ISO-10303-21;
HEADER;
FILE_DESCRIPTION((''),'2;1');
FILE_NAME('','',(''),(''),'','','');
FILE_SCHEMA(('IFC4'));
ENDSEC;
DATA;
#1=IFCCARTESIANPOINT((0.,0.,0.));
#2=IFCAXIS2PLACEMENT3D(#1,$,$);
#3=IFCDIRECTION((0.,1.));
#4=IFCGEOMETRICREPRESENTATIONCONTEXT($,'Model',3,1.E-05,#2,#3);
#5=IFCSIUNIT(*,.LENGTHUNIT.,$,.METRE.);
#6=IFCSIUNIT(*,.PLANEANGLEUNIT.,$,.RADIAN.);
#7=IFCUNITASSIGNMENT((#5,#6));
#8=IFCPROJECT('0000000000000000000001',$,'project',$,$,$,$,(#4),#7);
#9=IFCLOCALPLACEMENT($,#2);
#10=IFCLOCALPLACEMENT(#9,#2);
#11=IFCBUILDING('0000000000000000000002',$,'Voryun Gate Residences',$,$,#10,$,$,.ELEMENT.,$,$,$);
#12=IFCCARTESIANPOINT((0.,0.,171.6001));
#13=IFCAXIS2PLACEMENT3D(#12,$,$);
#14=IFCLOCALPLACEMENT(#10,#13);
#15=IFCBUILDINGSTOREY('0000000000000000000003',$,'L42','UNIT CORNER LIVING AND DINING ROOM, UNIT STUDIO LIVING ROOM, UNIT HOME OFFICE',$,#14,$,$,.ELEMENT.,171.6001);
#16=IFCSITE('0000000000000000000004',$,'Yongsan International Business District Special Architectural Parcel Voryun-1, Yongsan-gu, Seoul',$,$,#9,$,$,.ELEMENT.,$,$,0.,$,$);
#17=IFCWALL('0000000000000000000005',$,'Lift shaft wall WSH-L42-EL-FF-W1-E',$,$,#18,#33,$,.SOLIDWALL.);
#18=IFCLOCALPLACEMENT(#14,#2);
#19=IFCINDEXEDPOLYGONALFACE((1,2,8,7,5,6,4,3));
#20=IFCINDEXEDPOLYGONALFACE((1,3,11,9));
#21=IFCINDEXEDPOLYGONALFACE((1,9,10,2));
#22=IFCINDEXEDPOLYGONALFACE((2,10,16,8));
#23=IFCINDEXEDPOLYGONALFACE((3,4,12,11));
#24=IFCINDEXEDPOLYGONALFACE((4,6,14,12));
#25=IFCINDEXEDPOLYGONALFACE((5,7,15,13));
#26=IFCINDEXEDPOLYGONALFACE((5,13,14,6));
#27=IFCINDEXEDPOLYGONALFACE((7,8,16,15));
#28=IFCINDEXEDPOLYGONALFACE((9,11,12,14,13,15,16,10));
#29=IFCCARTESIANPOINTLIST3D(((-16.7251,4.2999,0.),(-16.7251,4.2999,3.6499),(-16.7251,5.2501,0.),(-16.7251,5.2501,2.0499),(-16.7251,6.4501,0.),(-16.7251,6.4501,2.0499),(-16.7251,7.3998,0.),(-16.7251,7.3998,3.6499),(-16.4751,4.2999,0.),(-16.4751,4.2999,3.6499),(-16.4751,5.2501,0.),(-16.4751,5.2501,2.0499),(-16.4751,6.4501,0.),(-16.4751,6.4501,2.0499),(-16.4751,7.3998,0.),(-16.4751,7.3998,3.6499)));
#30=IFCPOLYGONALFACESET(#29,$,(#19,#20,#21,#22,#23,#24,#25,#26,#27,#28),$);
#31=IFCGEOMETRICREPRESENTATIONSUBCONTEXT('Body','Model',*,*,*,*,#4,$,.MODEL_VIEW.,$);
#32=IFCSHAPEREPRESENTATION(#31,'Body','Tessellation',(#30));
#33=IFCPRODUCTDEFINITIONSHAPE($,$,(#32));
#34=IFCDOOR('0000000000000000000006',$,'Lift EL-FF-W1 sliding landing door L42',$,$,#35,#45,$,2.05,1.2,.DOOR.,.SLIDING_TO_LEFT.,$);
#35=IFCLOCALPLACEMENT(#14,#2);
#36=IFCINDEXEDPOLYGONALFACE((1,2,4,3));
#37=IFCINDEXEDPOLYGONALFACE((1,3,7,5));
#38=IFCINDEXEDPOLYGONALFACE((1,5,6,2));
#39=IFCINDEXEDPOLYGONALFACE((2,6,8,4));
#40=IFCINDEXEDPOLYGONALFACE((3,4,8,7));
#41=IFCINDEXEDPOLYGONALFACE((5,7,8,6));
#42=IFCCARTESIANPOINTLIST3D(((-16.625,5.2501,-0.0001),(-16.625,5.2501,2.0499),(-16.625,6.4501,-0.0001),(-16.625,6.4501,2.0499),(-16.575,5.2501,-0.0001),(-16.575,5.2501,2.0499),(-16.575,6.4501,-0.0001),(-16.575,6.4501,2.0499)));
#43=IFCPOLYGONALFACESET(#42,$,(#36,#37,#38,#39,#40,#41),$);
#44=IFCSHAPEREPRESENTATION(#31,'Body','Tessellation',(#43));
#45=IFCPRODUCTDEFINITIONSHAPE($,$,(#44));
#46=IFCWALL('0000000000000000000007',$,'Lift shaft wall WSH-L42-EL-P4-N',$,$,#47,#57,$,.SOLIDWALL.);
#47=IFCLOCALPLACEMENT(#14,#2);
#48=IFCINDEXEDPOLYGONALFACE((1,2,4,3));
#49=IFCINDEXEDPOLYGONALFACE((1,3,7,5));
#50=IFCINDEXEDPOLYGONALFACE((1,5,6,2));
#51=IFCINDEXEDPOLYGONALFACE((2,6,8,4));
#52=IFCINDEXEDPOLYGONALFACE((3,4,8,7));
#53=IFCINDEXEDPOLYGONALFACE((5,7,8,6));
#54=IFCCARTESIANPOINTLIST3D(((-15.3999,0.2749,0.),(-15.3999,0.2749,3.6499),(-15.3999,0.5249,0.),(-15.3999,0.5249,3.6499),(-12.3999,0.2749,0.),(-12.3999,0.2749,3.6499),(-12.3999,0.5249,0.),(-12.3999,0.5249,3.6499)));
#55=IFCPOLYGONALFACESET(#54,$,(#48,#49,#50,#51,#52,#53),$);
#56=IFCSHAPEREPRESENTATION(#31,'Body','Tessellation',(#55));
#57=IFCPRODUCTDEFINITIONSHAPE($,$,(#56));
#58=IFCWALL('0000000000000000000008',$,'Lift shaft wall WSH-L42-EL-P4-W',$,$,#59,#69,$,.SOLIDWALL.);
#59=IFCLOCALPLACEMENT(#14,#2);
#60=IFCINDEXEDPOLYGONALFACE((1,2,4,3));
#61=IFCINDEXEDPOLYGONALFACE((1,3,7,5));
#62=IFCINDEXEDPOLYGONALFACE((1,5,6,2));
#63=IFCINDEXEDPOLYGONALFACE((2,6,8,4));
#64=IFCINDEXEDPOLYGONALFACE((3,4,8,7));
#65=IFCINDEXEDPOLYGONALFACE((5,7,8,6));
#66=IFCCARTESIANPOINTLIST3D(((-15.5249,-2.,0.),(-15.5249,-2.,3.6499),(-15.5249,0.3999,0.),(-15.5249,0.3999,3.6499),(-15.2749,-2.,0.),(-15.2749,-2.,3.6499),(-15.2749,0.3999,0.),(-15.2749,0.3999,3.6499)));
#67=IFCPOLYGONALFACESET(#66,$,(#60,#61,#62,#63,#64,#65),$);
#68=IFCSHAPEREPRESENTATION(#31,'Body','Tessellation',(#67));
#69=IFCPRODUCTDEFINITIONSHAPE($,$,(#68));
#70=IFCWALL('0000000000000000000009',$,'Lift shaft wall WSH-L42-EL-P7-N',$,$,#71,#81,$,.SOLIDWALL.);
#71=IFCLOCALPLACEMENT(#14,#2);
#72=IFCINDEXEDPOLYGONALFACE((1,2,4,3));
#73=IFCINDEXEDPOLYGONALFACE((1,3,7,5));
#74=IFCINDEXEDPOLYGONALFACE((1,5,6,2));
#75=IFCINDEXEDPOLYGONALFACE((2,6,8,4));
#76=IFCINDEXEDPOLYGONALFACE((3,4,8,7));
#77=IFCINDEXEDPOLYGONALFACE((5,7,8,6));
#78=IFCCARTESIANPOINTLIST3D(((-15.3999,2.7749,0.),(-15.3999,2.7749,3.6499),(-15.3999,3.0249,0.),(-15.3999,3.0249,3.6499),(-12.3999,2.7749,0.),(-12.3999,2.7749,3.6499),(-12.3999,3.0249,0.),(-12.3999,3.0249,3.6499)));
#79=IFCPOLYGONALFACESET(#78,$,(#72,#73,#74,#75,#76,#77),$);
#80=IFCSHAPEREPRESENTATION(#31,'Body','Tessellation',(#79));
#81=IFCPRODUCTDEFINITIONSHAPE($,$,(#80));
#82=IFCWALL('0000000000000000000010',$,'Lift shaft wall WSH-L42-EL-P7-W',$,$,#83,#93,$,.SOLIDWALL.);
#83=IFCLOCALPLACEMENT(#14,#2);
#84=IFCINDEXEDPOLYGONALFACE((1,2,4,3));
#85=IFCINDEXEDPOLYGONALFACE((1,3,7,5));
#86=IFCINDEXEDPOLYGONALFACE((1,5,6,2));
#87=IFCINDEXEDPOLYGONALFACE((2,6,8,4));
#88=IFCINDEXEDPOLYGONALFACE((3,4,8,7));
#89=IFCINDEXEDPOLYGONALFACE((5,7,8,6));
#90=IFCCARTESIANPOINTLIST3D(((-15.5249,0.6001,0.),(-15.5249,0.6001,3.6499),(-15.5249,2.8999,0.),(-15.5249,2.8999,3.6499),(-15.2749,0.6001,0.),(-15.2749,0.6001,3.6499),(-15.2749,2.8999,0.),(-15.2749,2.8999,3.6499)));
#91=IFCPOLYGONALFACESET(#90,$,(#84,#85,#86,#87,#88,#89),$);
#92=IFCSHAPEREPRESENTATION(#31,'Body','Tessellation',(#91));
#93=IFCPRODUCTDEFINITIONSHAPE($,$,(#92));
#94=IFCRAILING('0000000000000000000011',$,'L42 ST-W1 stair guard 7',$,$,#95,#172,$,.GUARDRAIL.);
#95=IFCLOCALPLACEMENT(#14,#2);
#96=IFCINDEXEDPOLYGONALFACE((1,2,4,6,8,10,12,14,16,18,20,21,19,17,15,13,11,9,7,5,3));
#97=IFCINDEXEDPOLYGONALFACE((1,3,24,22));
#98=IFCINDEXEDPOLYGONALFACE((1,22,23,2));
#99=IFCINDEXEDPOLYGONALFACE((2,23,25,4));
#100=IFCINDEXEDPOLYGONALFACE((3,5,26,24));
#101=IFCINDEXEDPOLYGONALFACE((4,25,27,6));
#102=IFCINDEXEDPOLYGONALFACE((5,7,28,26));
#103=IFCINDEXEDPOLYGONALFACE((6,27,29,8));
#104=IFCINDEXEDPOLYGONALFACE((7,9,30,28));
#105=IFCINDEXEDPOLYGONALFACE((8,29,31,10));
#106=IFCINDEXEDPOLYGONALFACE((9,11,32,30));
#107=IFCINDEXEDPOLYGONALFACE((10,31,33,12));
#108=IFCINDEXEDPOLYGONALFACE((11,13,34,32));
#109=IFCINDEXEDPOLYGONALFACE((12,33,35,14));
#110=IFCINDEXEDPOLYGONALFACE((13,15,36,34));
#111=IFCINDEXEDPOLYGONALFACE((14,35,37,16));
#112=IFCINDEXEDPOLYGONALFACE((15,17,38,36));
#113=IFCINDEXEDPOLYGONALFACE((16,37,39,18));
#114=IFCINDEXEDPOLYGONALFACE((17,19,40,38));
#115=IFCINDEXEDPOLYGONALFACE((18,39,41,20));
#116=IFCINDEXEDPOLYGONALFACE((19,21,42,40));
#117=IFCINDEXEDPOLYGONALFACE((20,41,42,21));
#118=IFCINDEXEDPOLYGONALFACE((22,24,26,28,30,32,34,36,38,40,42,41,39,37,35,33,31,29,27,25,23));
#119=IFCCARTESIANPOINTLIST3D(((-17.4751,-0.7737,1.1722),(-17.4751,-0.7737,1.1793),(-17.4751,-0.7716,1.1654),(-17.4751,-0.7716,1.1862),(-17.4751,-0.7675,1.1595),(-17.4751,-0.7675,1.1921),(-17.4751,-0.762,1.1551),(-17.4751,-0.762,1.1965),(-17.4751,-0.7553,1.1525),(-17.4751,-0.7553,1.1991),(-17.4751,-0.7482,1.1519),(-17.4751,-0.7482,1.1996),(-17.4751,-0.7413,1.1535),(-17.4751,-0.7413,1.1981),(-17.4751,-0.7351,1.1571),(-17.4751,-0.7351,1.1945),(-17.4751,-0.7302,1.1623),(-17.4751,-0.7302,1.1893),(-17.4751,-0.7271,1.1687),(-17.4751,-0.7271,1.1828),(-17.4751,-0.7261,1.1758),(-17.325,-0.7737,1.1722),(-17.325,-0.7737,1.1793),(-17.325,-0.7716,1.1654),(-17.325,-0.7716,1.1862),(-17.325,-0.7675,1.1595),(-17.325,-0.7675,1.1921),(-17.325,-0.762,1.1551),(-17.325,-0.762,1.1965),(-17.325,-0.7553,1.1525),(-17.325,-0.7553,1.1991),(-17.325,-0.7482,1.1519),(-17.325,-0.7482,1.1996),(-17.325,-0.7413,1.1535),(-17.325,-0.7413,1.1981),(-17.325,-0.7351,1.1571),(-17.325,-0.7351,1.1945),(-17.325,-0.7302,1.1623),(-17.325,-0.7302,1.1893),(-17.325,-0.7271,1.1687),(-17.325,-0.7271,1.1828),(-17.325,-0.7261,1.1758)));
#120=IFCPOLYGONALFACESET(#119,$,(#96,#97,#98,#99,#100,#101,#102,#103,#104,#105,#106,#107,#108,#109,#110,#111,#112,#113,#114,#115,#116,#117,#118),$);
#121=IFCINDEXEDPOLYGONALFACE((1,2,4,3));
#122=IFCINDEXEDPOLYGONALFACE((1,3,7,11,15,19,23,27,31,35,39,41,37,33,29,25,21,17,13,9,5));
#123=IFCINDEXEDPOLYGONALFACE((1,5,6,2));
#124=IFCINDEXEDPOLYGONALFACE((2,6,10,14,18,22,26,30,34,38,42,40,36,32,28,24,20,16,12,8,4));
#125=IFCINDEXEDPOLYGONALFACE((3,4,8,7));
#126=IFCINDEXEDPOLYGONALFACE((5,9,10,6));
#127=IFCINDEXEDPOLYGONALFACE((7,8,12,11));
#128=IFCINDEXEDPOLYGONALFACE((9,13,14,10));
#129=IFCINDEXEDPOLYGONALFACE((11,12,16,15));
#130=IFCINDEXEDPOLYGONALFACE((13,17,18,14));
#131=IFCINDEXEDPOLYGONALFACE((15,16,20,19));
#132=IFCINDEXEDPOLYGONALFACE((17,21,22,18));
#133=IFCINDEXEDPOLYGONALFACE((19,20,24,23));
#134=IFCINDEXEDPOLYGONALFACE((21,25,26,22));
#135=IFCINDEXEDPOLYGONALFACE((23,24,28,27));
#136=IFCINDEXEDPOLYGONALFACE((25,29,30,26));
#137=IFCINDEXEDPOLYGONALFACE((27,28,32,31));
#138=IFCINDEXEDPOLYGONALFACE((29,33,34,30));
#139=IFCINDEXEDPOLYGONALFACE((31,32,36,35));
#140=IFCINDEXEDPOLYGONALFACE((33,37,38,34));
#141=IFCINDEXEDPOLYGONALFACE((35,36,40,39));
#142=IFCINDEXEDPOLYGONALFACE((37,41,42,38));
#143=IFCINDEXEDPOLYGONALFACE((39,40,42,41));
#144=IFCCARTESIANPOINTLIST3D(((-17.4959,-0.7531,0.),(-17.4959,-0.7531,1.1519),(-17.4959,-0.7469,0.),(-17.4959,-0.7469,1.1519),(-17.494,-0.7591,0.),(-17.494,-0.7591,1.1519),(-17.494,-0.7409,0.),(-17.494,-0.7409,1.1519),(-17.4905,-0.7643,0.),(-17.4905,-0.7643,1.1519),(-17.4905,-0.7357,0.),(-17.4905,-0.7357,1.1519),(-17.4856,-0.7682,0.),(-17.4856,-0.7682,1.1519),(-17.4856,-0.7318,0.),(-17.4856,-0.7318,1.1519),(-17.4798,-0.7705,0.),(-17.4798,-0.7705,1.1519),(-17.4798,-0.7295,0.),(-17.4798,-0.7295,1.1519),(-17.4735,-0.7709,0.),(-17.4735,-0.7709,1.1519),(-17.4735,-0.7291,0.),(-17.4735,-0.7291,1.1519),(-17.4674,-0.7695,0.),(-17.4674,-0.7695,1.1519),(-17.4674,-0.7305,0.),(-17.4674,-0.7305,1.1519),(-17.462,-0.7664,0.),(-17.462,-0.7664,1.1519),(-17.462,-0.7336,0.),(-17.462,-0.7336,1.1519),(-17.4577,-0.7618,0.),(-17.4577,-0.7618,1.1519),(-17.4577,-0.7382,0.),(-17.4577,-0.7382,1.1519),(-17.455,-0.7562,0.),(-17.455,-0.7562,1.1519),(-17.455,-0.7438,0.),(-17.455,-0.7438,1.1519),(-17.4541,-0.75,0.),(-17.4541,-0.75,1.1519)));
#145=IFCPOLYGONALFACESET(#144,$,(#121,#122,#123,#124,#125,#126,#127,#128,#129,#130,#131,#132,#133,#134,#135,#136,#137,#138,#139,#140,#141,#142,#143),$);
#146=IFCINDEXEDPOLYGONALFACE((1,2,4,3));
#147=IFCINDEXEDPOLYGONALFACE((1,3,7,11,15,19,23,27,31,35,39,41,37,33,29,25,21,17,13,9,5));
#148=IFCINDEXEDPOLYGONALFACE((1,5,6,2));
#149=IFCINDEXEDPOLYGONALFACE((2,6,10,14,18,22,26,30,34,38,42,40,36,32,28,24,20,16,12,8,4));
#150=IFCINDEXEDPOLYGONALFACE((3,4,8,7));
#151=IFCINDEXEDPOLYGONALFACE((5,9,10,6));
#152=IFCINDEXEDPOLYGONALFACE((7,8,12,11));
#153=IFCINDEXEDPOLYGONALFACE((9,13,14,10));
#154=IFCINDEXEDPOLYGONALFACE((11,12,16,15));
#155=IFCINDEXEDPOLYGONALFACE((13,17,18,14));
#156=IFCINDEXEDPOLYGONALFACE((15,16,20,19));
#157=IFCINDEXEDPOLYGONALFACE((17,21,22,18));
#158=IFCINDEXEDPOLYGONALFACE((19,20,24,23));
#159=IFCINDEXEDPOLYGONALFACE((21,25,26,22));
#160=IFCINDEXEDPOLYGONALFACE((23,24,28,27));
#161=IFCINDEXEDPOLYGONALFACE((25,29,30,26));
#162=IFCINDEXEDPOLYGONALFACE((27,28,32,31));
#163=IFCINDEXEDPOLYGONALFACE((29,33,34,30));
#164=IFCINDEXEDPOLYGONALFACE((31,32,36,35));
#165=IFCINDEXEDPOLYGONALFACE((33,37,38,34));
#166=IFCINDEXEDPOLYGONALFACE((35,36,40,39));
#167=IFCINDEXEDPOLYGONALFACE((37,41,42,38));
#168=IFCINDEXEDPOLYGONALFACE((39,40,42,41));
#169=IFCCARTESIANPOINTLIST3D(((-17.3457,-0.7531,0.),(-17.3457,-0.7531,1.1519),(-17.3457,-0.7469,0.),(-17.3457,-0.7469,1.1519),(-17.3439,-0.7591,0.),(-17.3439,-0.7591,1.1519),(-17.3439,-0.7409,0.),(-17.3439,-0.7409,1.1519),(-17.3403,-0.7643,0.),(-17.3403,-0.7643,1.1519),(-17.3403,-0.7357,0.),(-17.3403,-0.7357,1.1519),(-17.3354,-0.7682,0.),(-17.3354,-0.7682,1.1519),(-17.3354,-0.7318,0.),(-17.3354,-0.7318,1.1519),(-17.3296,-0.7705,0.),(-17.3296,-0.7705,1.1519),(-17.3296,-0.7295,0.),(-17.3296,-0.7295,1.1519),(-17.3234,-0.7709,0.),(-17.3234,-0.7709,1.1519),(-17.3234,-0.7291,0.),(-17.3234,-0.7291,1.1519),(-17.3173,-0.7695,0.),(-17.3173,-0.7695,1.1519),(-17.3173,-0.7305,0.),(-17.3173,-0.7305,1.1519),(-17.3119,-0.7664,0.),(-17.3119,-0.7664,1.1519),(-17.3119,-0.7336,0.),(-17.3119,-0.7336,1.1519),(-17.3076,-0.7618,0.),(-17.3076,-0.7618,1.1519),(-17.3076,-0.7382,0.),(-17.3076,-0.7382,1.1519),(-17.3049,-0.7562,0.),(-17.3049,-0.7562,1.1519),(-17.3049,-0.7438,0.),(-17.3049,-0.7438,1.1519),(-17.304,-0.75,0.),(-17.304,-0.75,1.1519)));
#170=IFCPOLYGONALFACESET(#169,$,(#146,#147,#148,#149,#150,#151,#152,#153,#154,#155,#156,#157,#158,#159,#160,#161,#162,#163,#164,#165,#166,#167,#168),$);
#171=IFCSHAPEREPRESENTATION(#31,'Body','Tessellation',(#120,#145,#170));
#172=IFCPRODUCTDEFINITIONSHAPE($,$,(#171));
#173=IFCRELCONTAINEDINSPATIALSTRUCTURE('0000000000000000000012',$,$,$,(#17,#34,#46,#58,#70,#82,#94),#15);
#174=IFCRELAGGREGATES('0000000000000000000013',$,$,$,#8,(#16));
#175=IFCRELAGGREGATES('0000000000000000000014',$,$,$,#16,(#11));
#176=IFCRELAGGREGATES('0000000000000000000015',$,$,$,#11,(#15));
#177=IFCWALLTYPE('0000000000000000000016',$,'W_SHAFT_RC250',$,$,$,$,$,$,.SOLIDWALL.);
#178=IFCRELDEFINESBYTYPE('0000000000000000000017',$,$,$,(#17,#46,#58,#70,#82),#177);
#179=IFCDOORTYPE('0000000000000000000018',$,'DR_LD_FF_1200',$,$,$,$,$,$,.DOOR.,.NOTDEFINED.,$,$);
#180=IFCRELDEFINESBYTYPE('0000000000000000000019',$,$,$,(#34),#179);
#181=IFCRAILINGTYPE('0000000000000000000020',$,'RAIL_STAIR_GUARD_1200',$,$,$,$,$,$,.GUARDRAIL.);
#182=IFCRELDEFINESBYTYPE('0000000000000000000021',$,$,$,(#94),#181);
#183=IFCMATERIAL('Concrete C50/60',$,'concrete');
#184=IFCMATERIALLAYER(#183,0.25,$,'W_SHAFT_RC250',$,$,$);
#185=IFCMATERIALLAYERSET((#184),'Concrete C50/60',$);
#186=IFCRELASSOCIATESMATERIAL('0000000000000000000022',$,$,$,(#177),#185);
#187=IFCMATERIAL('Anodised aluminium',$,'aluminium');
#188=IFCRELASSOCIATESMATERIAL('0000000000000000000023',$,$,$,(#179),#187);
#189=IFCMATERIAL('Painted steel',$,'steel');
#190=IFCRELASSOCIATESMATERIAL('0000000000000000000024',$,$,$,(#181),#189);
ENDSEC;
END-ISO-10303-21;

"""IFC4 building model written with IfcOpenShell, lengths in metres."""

from ifc_helpers import new_model, si_unit, direction, frame, frame_2d, origin, origin_2d, place, context, subcontext, project, spatial, rectangle, circle, extrude, material, layer, layer_set, type_object, element, fill, save


model = new_model("IFC4")

# Units and contexts
model_context = context("Model", 3, precision=1e-05, world=origin(), true_north=direction((0.0, 1.0)))
body_context = subcontext(model_context, "Body", "Model", "MODEL_VIEW")
ifc_project = project(units=[si_unit("LENGTHUNIT", "METRE"), si_unit("PLANEANGLEUNIT", "RADIAN")], contexts=[model_context])

# Site, building, storey
site_placement = place(None, origin())
site = spatial("IfcSite", under=ifc_project, at=site_placement, Name="Yongsan International Business District Special Architectural Parcel Voryun-1, Yongsan-gu, Seoul", CompositionType="ELEMENT", RefElevation=0.0)
building_placement = place(site_placement, origin())
building = spatial("IfcBuilding", under=site, at=building_placement, Name="Voryun Gate Residences", CompositionType="ELEMENT")
storey_placement = place(building_placement, frame((0.0, 0.0, 171.6001)))
storey = spatial("IfcBuildingStorey", under=building, at=storey_placement, Name="L42", Description="UNIT CORNER LIVING AND DINING ROOM, UNIT STUDIO LIVING ROOM, UNIT HOME OFFICE", CompositionType="ELEMENT", Elevation=171.6001)

# Wall, opening, door
ifc_material_1 = material(Name="Concrete C50/60", Category="concrete")
ifc_layer_1 = layer(ifc_material_1, 0.25, Name="W_SHAFT_RC250")
ifc_layer_set_1 = layer_set([ifc_layer_1], Name="Concrete C50/60")
wall_type_1 = type_object("IfcWallType", Name="W_SHAFT_RC250", PredefinedType="SOLIDWALL", material=ifc_layer_set_1)
wall_1_placement = place(storey_placement, frame((-16.6001, 4.3, 0.0), z_axis=(0.0, 0.0, 1.0), x_axis=(0.0, 1.0, 0.0)))
wall_1 = element("IfcWall", 1, at=wall_1_placement, inside=storey, type_object=wall_type_1, Name="Lift shaft wall WSH-L42-EL-FF-W1-E", PredefinedType="SOLIDWALL", context=body_context, shape_type="SweptSolid", body=[
    extrude(rectangle(XDim=3.0999, YDim=0.25, at=frame_2d((1.5498, 0.0))), origin(), (0.0, 0.0, 1.0), 3.6499),
])
opening_1_placement = place(wall_1_placement, frame((0.95, 0.0, 0.0)))
opening_1 = element("IfcOpeningElement", 2, at=opening_1_placement, cuts=wall_1, PredefinedType="OPENING", context=body_context, shape_type="SweptSolid", body=[
    extrude(rectangle(XDim=1.2, YDim=2.05, at=frame_2d((0.6001, 1.0249))), frame((0.0, 0.135, 0.0), z_axis=(0.0, -1.0, 0.0), x_axis=(1.0, 0.0, 0.0)), (0.0, 0.0, 1.0), 0.27),
])
ifc_material_2 = material(Name="Anodised aluminium", Category="aluminium")
door_type_1 = type_object("IfcDoorType", Name="DR_LD_FF_1200", OperationType="NOTDEFINED", PredefinedType="DOOR", material=ifc_material_2)
door_1_placement = place(opening_1_placement, origin())
door_1 = element("IfcDoor", 3, at=door_1_placement, inside=storey, type_object=door_type_1, Name="Lift EL-FF-W1 sliding landing door L42", OperationType="SLIDING_TO_LEFT", OverallHeight=2.05, OverallWidth=1.2, PredefinedType="DOOR", context=body_context, shape_type="SweptSolid", body=[
    extrude(rectangle(XDim=1.2, YDim=2.05, at=frame_2d((0.6001, 1.0249))), frame((0.0, 0.0249, 0.0), z_axis=(0.0, -1.0, 0.0), x_axis=(1.0, 0.0, 0.0)), (0.0, 0.0, 1.0), 0.05),
])
fill(opening_1, door_1)

# Walls
wall_2_placement = place(storey_placement, frame((-12.3999, 0.3999, 0.0), z_axis=(0.0, 0.0, 1.0), x_axis=(-1.0, 0.0, 0.0)))
element("IfcWall", 4, at=wall_2_placement, inside=storey, type_object=wall_type_1, Name="Lift shaft wall WSH-L42-EL-P4-N", PredefinedType="SOLIDWALL", context=body_context, shape_type="SweptSolid", body=[
    extrude(rectangle(XDim=3.0, YDim=0.25, at=frame_2d((1.5, 0.0))), origin(), (0.0, 0.0, 1.0), 3.6499),
])
wall_3_placement = place(storey_placement, frame((-15.3999, 0.3999, 0.0), z_axis=(0.0, 0.0, 1.0), x_axis=(0.0, -1.0, 0.0)))
element("IfcWall", 5, at=wall_3_placement, inside=storey, type_object=wall_type_1, Name="Lift shaft wall WSH-L42-EL-P4-W", PredefinedType="SOLIDWALL", context=body_context, shape_type="SweptSolid", body=[
    extrude(rectangle(XDim=2.3999, YDim=0.25, at=frame_2d((1.2, 0.0))), origin(), (0.0, 0.0, 1.0), 3.6499),
])
wall_4_placement = place(storey_placement, frame((-12.3999, 2.8999, 0.0), z_axis=(0.0, 0.0, 1.0), x_axis=(-1.0, 0.0, 0.0)))
element("IfcWall", 6, at=wall_4_placement, inside=storey, type_object=wall_type_1, Name="Lift shaft wall WSH-L42-EL-P7-N", PredefinedType="SOLIDWALL", context=body_context, shape_type="SweptSolid", body=[
    extrude(rectangle(XDim=3.0, YDim=0.25, at=frame_2d((1.5, 0.0))), origin(), (0.0, 0.0, 1.0), 3.6499),
])
wall_5_placement = place(storey_placement, frame((-15.3999, 2.8999, 0.0), z_axis=(0.0, 0.0, 1.0), x_axis=(0.0, -1.0, 0.0)))
element("IfcWall", 7, at=wall_5_placement, inside=storey, type_object=wall_type_1, Name="Lift shaft wall WSH-L42-EL-P7-W", PredefinedType="SOLIDWALL", context=body_context, shape_type="SweptSolid", body=[
    extrude(rectangle(XDim=2.2998, YDim=0.25, at=frame_2d((1.1499, 0.0))), origin(), (0.0, 0.0, 1.0), 3.6499),
])

# Railing
ifc_material_3 = material(Name="Painted steel", Category="steel")
railing_type = type_object("IfcRailingType", Name="RAIL_STAIR_GUARD_1200", PredefinedType="GUARDRAIL", material=ifc_material_3)
railing_1_placement = place(storey_placement, frame((-17.4751, -0.75, 0.0)))
element("IfcRailing", 8, at=railing_1_placement, inside=storey, type_object=railing_type, Name="L42 ST-W1 stair guard 7", PredefinedType="GUARDRAIL", context=body_context, shape_type="SweptSolid", body=[
    extrude(circle(Radius=0.0239, at=origin_2d()), frame((0.0, 0.0, 1.1758), z_axis=(1.0, 0.0, 0.0), x_axis=(0.0, 1.0, 0.0)), (0.0, 0.0, 1.0), 0.1501),
    extrude(circle(Radius=0.021, at=origin_2d()), origin(), (0.0, 0.0, 1.0), 1.1519),
    extrude(circle(Radius=0.021, at=origin_2d()), frame((0.1501, 0.0, 0.0)), (0.0, 0.0, 1.0), 1.1519),
])

save(model, "model.ifc")
